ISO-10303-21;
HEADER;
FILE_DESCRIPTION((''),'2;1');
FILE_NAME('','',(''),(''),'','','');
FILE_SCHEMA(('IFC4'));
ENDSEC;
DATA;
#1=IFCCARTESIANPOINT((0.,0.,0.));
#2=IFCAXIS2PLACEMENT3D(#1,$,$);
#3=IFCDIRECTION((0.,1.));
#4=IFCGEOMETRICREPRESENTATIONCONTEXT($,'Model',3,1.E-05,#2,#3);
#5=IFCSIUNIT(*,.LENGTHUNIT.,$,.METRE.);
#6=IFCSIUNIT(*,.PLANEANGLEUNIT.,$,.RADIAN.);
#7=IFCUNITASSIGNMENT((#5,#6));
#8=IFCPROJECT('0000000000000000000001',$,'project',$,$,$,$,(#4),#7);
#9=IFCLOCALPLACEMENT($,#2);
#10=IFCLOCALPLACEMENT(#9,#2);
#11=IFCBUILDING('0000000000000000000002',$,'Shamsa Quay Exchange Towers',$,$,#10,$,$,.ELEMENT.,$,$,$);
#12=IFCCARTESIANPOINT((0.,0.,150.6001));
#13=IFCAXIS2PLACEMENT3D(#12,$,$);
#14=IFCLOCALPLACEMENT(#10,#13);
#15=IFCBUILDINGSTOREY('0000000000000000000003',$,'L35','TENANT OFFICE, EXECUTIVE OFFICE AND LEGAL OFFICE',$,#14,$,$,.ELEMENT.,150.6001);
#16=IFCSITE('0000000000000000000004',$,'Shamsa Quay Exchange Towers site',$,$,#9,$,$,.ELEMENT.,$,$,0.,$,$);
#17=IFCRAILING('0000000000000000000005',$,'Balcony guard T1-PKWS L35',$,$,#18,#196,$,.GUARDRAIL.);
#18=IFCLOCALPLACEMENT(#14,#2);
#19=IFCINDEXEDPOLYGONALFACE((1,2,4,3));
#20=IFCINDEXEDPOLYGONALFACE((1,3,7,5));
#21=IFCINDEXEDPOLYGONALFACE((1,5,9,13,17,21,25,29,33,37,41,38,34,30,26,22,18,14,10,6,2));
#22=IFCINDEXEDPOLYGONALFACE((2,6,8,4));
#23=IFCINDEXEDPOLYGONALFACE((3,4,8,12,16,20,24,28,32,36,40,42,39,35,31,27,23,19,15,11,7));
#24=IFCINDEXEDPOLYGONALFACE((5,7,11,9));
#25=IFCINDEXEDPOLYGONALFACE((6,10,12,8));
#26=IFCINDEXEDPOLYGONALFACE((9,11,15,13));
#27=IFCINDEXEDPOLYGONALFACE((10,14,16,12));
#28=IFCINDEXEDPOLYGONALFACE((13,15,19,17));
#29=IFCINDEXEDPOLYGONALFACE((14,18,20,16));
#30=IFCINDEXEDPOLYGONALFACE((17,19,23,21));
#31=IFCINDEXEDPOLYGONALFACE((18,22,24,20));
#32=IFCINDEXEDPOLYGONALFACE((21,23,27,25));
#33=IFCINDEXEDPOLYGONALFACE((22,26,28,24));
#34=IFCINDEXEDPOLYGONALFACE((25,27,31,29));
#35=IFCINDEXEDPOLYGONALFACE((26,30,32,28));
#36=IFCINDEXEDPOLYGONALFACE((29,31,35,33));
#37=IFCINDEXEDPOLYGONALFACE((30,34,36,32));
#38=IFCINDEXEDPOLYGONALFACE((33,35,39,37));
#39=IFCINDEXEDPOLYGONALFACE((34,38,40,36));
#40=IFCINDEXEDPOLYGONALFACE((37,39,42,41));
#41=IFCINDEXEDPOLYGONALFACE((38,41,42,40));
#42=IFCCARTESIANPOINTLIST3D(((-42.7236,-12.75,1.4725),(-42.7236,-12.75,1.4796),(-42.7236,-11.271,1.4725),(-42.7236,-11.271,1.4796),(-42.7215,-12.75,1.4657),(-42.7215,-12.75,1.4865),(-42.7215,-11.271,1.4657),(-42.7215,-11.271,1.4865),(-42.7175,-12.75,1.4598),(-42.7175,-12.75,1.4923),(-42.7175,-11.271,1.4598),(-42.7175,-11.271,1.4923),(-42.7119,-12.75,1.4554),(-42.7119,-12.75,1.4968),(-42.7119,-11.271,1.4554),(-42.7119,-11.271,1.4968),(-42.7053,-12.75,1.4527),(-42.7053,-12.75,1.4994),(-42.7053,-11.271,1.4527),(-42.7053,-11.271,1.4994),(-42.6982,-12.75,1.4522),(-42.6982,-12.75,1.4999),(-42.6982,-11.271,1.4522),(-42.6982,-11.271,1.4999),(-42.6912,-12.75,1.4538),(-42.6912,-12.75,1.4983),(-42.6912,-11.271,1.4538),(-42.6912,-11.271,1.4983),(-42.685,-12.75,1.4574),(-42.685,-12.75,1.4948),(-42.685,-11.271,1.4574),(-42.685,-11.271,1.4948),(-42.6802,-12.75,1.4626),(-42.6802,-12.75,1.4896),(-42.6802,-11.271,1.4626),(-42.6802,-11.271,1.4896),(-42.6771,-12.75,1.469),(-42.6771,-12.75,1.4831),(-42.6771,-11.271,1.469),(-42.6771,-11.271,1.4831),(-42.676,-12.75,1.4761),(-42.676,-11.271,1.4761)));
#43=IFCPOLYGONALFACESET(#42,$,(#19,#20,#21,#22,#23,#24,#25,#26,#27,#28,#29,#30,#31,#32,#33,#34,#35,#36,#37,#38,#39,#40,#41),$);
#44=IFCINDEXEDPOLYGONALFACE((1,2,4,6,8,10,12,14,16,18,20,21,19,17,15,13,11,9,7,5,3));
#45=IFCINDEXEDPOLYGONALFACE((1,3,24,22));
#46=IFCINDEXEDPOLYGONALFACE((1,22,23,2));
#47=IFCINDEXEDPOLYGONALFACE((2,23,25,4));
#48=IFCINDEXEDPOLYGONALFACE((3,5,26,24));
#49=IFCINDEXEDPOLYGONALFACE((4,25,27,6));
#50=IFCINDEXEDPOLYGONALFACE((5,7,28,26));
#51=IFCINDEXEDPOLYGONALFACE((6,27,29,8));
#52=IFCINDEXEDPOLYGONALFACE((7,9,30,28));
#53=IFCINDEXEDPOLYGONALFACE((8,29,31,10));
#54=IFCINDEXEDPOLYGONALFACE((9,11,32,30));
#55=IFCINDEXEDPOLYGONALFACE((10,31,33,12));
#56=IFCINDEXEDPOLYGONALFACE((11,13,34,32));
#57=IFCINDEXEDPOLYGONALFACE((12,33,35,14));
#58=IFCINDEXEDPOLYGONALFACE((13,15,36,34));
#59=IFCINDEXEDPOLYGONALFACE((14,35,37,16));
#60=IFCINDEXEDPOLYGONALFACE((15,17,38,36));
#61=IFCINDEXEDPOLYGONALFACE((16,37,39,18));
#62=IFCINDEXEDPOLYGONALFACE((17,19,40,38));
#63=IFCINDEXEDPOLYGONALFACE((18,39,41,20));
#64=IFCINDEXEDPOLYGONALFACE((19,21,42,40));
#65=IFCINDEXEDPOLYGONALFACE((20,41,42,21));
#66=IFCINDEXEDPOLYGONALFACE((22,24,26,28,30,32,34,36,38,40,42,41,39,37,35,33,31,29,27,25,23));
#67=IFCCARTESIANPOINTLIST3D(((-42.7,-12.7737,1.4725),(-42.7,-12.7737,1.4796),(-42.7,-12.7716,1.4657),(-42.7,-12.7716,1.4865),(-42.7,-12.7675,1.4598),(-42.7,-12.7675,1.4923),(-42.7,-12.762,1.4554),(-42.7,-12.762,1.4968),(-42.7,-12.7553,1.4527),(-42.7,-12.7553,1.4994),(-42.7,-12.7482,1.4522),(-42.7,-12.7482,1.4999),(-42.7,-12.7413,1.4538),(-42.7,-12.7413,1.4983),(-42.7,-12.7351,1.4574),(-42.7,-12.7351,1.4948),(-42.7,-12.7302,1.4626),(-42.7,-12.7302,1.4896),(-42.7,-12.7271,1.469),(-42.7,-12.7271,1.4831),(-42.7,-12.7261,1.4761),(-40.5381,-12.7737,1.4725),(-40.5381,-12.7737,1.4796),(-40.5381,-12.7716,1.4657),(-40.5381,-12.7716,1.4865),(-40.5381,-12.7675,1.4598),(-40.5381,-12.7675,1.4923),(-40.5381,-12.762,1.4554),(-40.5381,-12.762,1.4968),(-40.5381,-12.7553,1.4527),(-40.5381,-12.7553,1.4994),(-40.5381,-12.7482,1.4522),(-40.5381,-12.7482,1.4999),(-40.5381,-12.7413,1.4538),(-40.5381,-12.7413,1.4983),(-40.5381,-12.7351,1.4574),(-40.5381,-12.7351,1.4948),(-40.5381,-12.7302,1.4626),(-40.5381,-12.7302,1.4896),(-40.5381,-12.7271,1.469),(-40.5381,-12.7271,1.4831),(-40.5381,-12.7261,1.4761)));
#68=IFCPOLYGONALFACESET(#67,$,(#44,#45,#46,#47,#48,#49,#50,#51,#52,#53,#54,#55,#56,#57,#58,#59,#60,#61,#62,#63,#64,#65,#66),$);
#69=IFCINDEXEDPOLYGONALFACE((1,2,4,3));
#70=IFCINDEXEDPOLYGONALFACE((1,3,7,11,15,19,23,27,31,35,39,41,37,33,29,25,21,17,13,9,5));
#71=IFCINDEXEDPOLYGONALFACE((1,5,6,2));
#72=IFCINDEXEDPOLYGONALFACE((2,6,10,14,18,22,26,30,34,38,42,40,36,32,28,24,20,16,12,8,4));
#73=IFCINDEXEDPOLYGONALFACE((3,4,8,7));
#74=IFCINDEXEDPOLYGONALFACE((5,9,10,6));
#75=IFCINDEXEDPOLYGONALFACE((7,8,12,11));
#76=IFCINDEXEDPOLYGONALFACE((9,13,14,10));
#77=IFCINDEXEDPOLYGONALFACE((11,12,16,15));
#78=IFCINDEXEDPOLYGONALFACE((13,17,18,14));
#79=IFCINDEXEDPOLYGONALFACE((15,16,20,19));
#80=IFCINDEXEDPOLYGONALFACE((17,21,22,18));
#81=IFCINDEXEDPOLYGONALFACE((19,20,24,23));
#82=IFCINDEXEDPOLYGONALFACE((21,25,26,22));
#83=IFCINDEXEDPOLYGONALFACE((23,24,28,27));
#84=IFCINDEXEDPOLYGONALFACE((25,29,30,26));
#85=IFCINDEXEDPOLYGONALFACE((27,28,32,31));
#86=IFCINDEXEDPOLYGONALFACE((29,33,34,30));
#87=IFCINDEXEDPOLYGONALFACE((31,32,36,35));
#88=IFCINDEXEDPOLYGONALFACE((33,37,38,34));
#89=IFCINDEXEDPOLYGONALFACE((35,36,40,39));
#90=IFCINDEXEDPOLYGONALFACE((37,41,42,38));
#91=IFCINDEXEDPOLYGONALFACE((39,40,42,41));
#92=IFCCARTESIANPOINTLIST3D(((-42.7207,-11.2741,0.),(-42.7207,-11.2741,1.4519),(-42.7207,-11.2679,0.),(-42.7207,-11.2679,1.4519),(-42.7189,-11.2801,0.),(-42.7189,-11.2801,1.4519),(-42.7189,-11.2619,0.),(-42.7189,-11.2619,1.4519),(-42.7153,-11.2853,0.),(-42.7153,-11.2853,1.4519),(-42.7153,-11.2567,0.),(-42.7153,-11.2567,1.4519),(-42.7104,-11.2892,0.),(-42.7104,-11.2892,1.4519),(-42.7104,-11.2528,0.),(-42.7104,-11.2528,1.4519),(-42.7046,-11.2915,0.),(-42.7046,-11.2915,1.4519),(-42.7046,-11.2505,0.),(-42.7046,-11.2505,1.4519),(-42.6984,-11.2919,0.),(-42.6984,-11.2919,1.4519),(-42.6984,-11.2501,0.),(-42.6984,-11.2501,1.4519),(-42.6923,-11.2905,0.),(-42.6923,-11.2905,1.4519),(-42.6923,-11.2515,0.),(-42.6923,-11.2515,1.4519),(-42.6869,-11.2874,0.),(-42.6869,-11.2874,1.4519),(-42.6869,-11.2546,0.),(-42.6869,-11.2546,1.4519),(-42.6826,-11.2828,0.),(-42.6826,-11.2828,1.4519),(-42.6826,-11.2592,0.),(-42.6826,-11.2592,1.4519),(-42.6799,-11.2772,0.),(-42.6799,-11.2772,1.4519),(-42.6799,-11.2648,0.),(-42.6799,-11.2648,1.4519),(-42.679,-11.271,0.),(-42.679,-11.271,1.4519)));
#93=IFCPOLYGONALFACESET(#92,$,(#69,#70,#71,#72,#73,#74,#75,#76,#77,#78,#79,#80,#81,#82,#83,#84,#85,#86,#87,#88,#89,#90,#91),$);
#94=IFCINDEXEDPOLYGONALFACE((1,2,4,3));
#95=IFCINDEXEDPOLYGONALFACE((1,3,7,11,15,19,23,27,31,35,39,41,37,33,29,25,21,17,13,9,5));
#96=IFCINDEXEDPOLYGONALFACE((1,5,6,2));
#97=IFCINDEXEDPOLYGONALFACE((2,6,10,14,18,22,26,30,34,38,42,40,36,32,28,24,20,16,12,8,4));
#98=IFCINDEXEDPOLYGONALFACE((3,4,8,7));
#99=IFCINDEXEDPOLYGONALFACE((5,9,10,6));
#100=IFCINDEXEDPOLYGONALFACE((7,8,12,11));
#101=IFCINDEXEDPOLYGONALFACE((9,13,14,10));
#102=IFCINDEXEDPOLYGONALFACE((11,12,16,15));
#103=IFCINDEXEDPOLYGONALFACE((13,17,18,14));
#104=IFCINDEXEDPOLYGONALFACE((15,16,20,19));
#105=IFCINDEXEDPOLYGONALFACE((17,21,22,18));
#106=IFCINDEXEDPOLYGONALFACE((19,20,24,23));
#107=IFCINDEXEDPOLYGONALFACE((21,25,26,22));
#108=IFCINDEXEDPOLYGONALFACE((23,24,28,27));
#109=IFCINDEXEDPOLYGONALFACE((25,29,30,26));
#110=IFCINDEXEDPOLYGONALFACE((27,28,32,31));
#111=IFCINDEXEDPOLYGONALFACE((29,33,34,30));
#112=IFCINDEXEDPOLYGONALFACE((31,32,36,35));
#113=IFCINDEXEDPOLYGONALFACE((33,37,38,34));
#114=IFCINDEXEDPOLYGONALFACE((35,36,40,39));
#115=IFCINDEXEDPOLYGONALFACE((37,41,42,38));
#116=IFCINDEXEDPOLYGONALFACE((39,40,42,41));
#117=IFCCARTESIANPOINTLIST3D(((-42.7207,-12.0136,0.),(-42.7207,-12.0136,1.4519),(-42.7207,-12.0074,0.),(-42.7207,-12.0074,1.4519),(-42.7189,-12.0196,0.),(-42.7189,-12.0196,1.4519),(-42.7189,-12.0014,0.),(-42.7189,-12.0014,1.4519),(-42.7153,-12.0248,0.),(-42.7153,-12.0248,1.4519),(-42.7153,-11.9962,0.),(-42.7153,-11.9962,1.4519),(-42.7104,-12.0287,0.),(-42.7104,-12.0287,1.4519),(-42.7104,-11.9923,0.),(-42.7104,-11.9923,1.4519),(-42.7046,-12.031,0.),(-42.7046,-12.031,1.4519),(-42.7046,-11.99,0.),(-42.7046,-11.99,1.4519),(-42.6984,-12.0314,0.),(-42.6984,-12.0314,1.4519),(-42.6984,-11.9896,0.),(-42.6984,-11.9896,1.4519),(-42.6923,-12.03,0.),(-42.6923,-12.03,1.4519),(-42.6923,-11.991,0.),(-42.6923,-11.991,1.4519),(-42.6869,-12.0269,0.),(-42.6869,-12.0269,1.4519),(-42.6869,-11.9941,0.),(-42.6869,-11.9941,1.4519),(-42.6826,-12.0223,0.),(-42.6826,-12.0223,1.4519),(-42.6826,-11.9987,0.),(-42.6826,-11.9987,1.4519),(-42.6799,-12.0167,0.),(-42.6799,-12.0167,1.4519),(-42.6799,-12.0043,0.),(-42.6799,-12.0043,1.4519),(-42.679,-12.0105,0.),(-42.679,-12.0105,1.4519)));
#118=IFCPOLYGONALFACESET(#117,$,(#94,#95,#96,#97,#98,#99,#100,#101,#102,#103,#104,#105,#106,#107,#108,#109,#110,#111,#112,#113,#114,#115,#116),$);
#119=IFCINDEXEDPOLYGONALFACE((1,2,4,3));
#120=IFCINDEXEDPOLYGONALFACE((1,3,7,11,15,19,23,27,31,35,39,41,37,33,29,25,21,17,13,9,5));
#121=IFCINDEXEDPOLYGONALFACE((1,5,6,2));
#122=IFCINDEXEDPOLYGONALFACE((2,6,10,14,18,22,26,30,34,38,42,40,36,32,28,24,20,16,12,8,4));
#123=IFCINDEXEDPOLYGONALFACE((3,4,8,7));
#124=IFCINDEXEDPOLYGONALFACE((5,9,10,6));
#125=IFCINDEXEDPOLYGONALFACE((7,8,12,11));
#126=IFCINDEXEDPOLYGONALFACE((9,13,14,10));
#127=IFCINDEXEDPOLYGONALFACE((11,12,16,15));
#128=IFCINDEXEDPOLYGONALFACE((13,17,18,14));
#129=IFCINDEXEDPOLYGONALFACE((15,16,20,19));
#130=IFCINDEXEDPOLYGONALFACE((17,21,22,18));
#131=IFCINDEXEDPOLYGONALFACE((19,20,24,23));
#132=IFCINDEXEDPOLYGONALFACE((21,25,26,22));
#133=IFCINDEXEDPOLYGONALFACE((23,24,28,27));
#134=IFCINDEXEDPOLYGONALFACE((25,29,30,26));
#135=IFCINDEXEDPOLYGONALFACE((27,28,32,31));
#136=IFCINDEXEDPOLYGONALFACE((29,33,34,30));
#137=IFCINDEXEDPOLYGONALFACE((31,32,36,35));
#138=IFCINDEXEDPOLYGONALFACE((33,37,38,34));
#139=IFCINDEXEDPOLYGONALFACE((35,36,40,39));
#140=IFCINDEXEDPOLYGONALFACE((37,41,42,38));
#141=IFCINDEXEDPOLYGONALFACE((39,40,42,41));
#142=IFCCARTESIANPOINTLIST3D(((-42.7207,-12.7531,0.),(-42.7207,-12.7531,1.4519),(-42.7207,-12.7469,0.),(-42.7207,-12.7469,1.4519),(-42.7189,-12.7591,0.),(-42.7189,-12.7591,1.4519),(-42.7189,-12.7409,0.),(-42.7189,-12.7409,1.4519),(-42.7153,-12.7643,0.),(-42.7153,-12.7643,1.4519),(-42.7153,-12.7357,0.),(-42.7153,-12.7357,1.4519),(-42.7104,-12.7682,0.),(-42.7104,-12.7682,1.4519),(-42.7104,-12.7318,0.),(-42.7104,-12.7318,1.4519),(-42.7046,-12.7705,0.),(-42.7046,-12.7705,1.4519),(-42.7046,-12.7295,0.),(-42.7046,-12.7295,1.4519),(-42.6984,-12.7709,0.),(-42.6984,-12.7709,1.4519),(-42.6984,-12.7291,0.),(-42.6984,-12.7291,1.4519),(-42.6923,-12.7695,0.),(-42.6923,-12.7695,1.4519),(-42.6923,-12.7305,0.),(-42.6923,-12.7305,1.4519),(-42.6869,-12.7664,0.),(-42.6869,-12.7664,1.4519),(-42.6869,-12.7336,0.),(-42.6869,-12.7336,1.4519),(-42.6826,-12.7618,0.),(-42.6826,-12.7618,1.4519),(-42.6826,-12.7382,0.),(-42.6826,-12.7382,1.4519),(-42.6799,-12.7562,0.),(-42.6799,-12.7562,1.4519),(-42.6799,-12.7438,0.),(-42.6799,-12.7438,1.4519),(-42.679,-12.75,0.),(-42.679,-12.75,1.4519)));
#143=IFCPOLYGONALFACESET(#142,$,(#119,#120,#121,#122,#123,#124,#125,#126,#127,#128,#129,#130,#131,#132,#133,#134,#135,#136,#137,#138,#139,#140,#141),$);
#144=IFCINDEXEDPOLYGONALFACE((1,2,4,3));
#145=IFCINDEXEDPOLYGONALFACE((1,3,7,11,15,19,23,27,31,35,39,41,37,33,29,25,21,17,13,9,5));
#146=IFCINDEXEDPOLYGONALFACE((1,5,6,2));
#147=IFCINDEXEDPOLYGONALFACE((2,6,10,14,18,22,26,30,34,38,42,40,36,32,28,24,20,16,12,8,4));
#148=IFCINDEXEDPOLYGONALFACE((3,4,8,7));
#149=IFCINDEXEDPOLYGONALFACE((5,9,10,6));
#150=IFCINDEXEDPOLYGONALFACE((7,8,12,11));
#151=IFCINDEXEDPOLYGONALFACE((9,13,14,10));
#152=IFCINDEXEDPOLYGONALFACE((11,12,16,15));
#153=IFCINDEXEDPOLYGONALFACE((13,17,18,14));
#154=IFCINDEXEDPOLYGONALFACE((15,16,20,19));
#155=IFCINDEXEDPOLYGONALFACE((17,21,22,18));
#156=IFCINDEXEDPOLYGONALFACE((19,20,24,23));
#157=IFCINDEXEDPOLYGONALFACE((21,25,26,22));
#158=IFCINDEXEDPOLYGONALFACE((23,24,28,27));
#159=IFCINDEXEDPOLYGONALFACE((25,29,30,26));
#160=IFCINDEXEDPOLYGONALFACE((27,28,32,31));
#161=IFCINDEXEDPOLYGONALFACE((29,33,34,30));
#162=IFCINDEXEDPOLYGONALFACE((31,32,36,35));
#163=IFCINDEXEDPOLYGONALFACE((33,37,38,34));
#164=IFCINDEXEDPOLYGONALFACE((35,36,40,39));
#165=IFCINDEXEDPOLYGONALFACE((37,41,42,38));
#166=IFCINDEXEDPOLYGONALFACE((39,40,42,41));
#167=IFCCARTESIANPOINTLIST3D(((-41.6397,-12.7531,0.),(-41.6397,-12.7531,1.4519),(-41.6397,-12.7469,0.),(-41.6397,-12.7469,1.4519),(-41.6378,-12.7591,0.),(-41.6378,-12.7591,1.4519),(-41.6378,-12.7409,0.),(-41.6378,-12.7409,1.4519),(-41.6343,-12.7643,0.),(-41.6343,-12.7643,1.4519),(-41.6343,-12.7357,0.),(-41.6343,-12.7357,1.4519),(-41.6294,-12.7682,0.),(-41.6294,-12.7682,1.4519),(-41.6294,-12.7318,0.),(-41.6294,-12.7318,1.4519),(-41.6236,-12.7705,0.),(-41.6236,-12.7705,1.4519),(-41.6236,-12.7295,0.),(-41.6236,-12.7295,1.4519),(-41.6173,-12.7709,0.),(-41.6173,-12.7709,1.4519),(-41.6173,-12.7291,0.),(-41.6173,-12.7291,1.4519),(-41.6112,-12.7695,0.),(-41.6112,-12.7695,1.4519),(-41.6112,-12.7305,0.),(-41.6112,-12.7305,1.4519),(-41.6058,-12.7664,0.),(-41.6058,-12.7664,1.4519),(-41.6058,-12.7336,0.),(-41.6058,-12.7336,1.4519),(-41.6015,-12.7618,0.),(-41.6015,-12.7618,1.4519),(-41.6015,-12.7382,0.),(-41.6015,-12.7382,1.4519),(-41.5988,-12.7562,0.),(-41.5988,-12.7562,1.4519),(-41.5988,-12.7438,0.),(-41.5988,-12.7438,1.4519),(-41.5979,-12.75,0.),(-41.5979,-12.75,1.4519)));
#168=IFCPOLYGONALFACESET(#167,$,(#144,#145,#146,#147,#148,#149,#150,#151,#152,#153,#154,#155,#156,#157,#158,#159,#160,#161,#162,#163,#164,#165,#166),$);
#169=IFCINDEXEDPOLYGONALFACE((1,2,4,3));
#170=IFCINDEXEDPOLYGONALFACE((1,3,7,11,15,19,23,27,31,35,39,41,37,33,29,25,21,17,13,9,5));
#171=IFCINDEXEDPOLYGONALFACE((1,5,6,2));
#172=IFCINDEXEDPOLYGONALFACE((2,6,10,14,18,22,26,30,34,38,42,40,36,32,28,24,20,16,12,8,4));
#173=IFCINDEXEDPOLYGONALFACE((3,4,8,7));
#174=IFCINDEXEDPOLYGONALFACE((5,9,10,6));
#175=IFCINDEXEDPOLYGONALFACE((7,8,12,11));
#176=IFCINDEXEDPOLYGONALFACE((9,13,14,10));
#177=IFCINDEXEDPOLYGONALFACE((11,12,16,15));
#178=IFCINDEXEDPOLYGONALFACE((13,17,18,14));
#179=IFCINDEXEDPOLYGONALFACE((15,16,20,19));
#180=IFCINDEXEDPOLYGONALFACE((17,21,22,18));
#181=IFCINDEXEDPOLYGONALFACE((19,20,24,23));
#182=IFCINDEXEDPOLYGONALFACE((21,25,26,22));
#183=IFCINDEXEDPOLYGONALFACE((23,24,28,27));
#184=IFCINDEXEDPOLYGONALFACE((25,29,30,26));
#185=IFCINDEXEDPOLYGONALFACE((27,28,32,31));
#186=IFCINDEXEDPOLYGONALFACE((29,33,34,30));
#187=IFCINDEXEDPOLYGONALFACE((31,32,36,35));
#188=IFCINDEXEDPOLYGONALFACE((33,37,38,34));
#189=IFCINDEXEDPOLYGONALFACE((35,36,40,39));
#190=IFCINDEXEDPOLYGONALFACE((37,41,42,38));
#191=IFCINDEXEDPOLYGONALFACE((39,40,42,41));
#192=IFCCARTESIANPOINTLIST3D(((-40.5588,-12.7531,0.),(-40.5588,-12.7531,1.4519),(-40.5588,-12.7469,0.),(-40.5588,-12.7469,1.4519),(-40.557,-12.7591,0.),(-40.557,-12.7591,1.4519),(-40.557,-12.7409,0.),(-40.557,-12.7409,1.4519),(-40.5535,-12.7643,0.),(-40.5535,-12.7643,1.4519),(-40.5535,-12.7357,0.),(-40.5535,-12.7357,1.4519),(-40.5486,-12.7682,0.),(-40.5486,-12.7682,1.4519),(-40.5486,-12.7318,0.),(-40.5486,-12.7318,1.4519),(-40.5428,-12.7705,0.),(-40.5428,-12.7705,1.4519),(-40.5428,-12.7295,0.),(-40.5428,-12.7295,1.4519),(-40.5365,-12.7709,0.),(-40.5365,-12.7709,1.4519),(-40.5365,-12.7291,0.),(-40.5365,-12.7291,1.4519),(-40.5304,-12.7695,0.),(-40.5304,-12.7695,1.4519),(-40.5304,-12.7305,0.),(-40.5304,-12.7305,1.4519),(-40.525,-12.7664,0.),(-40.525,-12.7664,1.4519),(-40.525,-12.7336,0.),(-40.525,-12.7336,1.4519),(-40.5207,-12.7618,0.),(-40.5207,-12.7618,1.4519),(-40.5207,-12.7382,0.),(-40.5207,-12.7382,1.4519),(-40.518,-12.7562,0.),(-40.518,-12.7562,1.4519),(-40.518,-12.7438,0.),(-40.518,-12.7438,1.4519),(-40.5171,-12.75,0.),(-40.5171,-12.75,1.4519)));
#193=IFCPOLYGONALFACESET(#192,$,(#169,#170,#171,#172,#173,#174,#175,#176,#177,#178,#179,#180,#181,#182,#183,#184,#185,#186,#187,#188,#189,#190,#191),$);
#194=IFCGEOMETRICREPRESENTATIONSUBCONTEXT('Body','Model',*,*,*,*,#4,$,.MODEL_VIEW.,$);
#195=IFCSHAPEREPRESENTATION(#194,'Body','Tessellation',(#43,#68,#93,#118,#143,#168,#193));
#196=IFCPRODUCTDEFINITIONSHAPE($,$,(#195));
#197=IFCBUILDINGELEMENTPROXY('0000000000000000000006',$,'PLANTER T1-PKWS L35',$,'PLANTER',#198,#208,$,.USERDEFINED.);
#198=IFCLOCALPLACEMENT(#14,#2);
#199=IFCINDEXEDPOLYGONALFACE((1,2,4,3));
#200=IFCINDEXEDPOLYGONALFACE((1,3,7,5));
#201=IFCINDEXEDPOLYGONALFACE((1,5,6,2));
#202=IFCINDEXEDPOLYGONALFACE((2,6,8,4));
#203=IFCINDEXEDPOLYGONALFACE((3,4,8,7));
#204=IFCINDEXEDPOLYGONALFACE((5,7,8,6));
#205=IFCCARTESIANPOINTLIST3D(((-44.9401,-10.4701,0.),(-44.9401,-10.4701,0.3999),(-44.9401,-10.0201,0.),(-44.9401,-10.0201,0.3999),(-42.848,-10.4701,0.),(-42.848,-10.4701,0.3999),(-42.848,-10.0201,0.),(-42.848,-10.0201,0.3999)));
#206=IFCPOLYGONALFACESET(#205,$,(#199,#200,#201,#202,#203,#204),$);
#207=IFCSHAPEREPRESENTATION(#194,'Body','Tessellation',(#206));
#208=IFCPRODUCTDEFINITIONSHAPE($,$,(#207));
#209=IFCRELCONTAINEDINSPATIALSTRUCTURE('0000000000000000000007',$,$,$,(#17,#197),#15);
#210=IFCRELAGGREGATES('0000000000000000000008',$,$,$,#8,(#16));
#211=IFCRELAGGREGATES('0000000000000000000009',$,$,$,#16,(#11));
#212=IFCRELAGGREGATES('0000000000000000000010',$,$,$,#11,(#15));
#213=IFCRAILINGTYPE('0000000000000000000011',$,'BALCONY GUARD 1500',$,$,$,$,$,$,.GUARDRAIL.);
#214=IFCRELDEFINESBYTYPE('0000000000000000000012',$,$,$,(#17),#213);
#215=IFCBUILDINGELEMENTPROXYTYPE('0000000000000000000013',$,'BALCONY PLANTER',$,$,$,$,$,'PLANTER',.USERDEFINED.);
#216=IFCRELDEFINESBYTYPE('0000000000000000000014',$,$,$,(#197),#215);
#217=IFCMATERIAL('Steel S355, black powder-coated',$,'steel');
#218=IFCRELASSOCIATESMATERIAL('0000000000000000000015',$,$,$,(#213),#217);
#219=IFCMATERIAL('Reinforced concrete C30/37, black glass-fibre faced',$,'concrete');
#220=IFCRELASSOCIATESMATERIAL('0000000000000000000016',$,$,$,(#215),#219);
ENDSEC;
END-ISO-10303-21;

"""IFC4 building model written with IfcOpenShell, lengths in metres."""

from ifc_helpers import new_model, si_unit, direction, frame, origin, origin_2d, place, context, subcontext, project, spatial, rectangle, circle, extrude, material, type_object, element, save


model = new_model("IFC4")

# Units and contexts
model_context = context("Model", 3, precision=1e-05, world=origin(), true_north=direction((0.0, 1.0)))
body_context = subcontext(model_context, "Body", "Model", "MODEL_VIEW")
ifc_project = project(units=[si_unit("LENGTHUNIT", "METRE"), si_unit("PLANEANGLEUNIT", "RADIAN")], contexts=[model_context])

# Site, building, storey
site_placement = place(None, origin())
site = spatial("IfcSite", under=ifc_project, at=site_placement, Name="Shamsa Quay Exchange Towers site", CompositionType="ELEMENT", RefElevation=0.0)
building_placement = place(site_placement, origin())
building = spatial("IfcBuilding", under=site, at=building_placement, Name="Shamsa Quay Exchange Towers", CompositionType="ELEMENT")
storey_placement = place(building_placement, frame((0.0, 0.0, 150.6001)))
storey = spatial("IfcBuildingStorey", under=building, at=storey_placement, Name="L35", Description="TENANT OFFICE, EXECUTIVE OFFICE AND LEGAL OFFICE", CompositionType="ELEMENT", Elevation=150.6001)

# Railing
ifc_material_1 = material(Name="Steel S355, black powder-coated", Category="steel")
railing_type = type_object("IfcRailingType", Name="BALCONY GUARD 1500", PredefinedType="GUARDRAIL", material=ifc_material_1)
for number, where, name in (
    (1, (-42.7, -11.271, 0.0), "Balcony guard T1-PKWS L35"),
):
    element("IfcRailing", number, at=place(storey_placement, frame(where)), inside=storey, type_object=railing_type, Name=name, PredefinedType="GUARDRAIL", context=body_context, shape_type="SweptSolid", body=[
        extrude(circle(Radius=0.0239, at=origin_2d()), frame((0.0, 0.0, 1.4761), z_axis=(0.0, -1.0, 0.0), x_axis=(1.0, 0.0, 0.0)), (0.0, 0.0, 1.0), 1.479),
        extrude(circle(Radius=0.0239, at=origin_2d()), frame((0.0, -1.479, 1.4761), z_axis=(1.0, 0.0, 0.0), x_axis=(0.0, 1.0, 0.0)), (0.0, 0.0, 1.0), 2.1619),
        extrude(circle(Radius=0.021, at=origin_2d()), origin(), (0.0, 0.0, 1.0), 1.4519),
        extrude(circle(Radius=0.021, at=origin_2d()), frame((0.0, -0.7395, 0.0)), (0.0, 0.0, 1.0), 1.4519),
        extrude(circle(Radius=0.021, at=origin_2d()), frame((0.0, -1.479, 0.0)), (0.0, 0.0, 1.0), 1.4519),
        extrude(circle(Radius=0.021, at=origin_2d()), frame((1.0811, -1.479, 0.0)), (0.0, 0.0, 1.0), 1.4519),
        extrude(circle(Radius=0.021, at=origin_2d()), frame((2.1619, -1.479, 0.0)), (0.0, 0.0, 1.0), 1.4519),
    ])

# Building element proxy
ifc_material_2 = material(Name="Reinforced concrete C30/37, black glass-fibre faced", Category="concrete")
building_element_proxy_type = type_object("IfcBuildingElementProxyType", Name="BALCONY PLANTER", ElementType="PLANTER", PredefinedType="USERDEFINED", material=ifc_material_2)
proxy_placement = place(storey_placement, frame((-43.894, -10.2451, 0.0)))
element("IfcBuildingElementProxy", 2, at=proxy_placement, inside=storey, type_object=building_element_proxy_type, Name="PLANTER T1-PKWS L35", ObjectType="PLANTER", PredefinedType="USERDEFINED", context=body_context, shape_type="SweptSolid", body=[
    extrude(rectangle(XDim=2.092, YDim=0.45, at=origin_2d()), origin(), (0.0, 0.0, 1.0), 0.3999),
])

save(model, "model.ifc")
